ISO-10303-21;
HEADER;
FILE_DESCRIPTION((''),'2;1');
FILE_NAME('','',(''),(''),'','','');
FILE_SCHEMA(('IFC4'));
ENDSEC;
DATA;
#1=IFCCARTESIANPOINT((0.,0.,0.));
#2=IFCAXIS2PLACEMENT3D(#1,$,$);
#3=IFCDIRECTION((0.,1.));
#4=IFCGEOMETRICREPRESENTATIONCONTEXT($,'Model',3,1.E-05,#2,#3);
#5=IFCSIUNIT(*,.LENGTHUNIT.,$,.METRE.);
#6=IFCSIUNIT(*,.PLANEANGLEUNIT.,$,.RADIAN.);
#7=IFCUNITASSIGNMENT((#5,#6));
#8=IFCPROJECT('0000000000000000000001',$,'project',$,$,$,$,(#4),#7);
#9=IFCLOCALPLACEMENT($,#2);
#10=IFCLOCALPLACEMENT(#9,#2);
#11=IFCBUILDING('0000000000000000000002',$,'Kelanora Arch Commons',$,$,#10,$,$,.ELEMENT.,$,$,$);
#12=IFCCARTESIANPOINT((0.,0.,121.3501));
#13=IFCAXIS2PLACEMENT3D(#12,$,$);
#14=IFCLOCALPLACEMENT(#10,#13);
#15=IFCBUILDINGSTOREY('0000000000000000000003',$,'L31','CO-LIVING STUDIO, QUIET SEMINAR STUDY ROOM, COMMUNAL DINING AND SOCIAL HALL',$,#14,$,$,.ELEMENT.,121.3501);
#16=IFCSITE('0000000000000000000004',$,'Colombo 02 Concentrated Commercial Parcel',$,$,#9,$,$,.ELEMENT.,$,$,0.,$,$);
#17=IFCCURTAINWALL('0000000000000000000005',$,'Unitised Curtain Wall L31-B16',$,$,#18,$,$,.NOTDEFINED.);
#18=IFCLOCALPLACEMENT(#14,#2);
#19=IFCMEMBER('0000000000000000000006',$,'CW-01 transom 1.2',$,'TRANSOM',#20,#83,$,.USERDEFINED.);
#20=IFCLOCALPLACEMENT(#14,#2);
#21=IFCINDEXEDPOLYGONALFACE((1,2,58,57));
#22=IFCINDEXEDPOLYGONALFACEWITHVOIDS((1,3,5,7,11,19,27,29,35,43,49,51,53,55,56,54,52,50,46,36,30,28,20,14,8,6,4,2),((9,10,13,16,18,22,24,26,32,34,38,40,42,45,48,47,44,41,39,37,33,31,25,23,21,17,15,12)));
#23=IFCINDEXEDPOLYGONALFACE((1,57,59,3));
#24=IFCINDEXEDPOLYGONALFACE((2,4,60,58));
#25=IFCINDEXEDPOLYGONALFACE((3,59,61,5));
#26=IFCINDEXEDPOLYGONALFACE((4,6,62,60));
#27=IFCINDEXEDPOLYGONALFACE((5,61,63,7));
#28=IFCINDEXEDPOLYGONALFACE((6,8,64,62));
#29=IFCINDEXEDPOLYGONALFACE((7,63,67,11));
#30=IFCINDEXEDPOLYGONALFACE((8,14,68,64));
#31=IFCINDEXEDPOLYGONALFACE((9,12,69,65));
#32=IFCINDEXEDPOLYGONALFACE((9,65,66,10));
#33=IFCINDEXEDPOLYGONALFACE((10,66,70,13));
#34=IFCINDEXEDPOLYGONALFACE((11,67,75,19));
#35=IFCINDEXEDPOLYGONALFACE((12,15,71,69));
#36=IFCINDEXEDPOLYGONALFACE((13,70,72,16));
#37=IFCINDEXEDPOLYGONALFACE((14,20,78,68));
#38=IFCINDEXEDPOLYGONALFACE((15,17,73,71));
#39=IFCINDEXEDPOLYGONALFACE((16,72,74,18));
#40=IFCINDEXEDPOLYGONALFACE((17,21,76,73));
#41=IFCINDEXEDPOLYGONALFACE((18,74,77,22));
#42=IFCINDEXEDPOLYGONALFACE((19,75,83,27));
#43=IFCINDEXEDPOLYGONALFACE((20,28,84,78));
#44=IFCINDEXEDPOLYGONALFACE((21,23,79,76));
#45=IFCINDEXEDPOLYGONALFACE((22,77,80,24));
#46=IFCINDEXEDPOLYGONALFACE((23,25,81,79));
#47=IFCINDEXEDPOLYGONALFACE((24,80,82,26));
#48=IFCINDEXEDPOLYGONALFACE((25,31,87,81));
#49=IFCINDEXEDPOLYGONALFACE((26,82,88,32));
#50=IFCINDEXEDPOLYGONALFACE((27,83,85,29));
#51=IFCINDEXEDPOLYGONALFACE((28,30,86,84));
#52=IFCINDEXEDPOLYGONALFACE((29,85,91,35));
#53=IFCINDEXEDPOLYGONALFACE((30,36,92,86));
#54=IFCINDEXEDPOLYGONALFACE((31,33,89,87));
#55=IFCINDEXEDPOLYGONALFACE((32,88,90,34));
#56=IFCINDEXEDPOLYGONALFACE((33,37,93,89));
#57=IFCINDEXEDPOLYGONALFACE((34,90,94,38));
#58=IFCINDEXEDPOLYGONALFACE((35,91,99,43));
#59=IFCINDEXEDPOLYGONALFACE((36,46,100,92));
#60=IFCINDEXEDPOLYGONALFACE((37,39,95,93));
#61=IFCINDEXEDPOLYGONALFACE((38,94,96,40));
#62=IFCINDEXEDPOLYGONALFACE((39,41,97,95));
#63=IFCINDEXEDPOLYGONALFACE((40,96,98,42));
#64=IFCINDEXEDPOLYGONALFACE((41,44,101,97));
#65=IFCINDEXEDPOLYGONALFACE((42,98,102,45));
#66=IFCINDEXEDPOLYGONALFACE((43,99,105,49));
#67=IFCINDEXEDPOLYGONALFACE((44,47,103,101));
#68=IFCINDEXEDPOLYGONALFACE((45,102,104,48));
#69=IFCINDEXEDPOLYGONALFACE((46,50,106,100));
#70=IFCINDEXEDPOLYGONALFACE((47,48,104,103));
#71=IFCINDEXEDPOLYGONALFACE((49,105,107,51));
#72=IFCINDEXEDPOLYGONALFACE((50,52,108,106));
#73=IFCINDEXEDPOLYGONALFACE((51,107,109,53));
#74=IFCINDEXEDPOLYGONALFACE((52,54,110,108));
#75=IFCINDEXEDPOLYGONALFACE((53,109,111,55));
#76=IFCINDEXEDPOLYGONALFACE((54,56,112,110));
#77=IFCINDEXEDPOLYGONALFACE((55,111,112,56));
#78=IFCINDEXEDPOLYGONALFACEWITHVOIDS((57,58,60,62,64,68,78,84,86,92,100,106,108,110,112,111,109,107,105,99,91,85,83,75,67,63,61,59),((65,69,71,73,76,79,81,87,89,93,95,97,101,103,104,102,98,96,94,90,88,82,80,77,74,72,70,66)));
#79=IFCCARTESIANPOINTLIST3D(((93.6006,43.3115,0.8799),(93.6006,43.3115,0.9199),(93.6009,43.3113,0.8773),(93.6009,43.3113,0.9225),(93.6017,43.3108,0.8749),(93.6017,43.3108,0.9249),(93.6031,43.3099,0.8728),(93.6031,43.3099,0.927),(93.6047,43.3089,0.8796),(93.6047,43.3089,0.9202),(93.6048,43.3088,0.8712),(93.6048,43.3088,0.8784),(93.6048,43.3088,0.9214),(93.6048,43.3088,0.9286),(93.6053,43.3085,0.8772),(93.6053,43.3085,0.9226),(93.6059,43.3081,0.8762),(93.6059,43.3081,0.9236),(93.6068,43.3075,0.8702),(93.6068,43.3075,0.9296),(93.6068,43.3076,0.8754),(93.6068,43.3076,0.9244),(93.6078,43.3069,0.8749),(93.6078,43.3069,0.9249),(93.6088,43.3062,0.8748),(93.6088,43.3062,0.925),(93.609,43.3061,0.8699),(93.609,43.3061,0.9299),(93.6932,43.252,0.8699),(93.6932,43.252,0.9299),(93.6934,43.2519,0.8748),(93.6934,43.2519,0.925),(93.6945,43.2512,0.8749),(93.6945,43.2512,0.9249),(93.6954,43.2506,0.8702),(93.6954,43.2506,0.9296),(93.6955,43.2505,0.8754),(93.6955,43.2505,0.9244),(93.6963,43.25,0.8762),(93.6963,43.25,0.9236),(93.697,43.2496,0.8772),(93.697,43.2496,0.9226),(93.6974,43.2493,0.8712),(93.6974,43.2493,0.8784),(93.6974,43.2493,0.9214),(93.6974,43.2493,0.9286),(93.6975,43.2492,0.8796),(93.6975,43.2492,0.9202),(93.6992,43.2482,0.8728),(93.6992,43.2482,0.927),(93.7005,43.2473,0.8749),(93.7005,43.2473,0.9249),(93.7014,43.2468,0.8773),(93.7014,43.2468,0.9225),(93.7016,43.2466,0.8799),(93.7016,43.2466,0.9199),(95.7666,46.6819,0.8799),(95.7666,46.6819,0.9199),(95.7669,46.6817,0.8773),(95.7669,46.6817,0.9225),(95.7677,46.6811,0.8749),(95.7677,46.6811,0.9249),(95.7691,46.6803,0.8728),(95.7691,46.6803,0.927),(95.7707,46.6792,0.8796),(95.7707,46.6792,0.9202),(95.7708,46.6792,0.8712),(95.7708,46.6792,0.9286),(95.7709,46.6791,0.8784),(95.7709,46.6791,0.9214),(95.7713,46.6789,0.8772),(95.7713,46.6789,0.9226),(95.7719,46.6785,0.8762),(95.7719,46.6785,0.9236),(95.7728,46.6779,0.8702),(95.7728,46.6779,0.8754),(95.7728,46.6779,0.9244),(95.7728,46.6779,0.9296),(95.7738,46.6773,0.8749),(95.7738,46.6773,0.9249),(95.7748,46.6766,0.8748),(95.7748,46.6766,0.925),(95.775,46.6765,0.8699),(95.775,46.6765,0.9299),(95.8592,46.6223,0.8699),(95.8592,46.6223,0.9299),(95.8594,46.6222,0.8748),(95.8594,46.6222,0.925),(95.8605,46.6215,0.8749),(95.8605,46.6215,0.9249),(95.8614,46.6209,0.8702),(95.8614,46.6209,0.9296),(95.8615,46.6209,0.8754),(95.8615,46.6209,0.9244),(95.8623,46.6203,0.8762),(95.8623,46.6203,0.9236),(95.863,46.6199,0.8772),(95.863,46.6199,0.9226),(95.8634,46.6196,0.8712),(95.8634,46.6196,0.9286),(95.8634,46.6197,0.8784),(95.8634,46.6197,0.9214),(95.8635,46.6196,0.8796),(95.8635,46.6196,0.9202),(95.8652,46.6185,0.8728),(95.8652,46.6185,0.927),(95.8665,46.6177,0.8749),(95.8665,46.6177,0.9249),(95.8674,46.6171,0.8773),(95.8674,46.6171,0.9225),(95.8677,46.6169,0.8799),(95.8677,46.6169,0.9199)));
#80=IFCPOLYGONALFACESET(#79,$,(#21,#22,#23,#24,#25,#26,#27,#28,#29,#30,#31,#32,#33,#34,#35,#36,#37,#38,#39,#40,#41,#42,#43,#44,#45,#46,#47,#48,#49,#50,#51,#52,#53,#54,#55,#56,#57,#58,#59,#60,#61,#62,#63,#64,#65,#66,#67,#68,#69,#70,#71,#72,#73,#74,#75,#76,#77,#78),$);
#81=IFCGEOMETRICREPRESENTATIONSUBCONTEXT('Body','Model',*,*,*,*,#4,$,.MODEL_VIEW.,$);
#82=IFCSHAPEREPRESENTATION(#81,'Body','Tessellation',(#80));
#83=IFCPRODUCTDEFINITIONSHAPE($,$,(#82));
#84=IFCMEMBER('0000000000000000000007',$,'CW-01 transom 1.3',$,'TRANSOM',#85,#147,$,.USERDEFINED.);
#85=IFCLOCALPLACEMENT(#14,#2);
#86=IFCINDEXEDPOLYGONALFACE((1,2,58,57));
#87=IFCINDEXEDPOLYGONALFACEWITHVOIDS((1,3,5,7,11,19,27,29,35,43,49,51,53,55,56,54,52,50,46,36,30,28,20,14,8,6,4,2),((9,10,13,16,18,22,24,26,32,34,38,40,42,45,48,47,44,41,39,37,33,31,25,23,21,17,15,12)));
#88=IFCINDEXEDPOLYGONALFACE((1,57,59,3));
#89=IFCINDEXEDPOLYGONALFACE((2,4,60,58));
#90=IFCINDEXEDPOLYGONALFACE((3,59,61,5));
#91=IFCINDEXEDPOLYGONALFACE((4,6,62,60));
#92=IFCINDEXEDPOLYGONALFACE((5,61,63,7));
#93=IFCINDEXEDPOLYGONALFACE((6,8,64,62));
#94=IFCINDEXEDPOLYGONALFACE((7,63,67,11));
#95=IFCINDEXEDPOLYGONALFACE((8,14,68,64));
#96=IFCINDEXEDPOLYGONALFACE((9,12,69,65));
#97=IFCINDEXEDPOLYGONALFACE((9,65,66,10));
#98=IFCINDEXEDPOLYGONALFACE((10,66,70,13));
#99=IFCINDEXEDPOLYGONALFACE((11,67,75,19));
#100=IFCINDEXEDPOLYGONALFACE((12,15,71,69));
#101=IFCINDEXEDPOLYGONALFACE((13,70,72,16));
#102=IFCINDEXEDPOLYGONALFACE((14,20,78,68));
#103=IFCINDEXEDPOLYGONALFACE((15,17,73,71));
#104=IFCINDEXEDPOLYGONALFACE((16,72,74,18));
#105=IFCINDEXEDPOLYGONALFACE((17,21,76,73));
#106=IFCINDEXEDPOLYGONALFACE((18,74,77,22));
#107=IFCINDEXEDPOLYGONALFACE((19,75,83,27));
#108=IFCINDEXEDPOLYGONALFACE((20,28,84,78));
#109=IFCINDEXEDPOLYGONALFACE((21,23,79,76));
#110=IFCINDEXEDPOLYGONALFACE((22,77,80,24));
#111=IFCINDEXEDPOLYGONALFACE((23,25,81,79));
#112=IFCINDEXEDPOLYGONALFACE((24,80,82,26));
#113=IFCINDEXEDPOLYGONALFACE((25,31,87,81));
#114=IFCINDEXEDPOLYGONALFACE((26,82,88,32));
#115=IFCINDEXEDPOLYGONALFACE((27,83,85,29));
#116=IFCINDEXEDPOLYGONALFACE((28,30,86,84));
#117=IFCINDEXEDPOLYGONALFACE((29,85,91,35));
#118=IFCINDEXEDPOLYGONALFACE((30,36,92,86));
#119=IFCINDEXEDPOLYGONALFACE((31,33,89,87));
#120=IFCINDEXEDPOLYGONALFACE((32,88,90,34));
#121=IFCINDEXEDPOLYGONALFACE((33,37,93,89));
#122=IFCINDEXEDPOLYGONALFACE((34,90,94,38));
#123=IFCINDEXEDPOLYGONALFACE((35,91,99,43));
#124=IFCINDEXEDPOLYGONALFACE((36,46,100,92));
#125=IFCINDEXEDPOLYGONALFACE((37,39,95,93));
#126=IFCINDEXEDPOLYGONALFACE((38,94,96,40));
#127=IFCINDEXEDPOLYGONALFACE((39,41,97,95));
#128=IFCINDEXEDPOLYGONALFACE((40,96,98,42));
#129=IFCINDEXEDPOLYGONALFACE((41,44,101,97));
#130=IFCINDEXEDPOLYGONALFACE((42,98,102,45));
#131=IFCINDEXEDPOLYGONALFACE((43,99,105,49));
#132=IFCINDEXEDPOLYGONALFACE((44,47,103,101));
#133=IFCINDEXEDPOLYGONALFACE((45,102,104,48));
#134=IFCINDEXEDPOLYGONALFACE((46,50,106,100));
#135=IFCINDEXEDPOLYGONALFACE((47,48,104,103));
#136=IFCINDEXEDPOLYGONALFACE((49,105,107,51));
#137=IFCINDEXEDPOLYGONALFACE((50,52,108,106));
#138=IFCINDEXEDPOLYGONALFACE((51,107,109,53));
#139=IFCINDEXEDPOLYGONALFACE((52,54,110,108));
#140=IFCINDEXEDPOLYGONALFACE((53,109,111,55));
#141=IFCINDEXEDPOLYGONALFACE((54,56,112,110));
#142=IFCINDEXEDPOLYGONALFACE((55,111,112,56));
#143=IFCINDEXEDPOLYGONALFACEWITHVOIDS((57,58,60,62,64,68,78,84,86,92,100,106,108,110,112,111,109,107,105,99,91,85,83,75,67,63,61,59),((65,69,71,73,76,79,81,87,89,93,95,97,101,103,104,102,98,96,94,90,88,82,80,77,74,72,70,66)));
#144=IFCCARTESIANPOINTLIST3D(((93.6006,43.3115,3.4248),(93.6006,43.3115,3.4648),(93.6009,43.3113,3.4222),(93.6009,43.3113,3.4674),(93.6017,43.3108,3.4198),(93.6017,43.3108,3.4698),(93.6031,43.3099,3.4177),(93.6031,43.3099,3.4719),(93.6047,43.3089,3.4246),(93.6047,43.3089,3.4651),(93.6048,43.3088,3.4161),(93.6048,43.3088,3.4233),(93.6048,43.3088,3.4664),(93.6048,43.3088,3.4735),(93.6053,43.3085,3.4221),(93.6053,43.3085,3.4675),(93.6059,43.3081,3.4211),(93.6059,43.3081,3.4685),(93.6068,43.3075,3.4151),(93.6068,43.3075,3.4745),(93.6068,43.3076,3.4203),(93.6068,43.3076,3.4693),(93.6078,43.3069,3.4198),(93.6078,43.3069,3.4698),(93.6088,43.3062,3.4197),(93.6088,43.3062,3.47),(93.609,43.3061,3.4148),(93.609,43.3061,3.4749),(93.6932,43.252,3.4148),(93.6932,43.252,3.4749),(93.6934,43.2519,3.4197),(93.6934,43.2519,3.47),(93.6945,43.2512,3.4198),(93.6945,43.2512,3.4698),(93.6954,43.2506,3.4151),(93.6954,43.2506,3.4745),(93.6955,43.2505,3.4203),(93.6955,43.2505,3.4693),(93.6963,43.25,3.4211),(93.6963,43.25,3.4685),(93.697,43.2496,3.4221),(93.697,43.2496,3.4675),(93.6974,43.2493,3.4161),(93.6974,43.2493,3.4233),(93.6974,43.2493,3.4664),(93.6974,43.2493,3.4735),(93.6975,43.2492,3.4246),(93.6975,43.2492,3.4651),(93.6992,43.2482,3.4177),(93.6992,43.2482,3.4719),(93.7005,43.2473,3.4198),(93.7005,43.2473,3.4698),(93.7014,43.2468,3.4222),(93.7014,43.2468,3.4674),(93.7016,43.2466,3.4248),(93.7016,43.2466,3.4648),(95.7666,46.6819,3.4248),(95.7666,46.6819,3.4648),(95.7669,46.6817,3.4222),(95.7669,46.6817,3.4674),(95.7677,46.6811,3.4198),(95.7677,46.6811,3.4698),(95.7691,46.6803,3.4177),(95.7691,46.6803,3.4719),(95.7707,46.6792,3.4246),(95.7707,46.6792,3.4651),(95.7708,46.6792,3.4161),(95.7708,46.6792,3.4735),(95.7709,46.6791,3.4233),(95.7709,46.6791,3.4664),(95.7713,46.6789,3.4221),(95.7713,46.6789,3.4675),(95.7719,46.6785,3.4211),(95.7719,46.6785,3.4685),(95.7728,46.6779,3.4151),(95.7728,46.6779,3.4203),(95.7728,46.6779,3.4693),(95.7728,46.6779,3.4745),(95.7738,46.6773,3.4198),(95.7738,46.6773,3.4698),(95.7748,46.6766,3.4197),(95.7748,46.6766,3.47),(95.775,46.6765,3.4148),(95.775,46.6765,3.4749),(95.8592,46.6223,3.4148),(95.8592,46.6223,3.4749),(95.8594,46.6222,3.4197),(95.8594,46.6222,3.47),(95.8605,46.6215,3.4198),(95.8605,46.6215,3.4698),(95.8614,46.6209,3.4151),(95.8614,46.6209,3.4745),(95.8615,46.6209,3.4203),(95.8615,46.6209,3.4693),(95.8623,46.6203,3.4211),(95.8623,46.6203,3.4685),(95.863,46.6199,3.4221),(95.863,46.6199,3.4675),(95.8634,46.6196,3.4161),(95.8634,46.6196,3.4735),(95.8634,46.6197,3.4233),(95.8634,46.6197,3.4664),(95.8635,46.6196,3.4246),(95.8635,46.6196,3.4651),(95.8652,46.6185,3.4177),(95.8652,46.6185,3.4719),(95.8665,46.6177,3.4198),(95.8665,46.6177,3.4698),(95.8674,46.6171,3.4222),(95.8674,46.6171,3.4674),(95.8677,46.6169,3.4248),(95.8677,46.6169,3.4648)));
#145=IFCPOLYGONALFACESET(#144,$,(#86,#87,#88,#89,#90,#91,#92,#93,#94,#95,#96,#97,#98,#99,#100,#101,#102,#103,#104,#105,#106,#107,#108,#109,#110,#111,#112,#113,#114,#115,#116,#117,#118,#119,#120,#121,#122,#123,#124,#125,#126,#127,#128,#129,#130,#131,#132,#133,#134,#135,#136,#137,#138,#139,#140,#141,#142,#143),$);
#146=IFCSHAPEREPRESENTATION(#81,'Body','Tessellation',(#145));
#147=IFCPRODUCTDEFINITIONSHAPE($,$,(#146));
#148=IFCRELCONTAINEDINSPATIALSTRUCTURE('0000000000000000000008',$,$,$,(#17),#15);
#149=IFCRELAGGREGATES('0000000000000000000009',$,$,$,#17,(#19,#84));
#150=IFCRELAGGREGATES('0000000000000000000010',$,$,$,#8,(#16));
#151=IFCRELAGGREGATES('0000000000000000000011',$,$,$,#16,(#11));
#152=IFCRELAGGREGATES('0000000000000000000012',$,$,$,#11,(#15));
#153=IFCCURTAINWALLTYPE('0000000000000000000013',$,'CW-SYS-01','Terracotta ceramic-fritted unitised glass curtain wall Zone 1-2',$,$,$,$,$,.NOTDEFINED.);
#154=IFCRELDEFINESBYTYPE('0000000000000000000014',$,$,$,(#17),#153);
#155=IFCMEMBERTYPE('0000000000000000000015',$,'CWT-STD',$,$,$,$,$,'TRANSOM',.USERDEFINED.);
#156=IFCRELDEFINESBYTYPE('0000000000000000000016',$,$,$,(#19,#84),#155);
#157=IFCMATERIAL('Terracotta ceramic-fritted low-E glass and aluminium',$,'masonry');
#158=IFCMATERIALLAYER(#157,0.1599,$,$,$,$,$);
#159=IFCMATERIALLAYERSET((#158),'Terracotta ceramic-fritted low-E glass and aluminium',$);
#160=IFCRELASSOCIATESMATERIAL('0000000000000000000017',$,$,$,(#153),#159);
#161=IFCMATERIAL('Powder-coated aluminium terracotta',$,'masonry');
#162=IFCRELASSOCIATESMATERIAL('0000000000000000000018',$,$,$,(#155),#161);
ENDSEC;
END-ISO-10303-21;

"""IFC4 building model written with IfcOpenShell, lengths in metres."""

from ifc_helpers import new_model, si_unit, direction, frame, origin, origin_2d, place, context, subcontext, project, spatial, hollow_rectangle, extrude, material, layer, layer_set, material_profile, profile_set, type_object, element, aggregate, save


model = new_model("IFC4")

# Units and contexts
model_context = context("Model", 3, precision=1e-05, world=origin(), true_north=direction((0.0, 1.0)))
body_context = subcontext(model_context, "Body", "Model", "MODEL_VIEW")
ifc_project = project(units=[si_unit("LENGTHUNIT", "METRE"), si_unit("PLANEANGLEUNIT", "RADIAN")], contexts=[model_context])

# Site, building, storey
site_placement = place(None, origin())
site = spatial("IfcSite", under=ifc_project, at=site_placement, Name="Colombo 02 Concentrated Commercial Parcel", CompositionType="ELEMENT", RefElevation=0.0)
building_placement = place(site_placement, origin())
building = spatial("IfcBuilding", under=site, at=building_placement, Name="Kelanora Arch Commons", CompositionType="ELEMENT")
storey_placement = place(building_placement, frame((0.0, 0.0, 121.3501)))
storey = spatial("IfcBuildingStorey", under=building, at=storey_placement, Name="L31", Description="CO-LIVING STUDIO, QUIET SEMINAR STUDY ROOM, COMMUNAL DINING AND SOCIAL HALL", CompositionType="ELEMENT", Elevation=121.3501)

# Shared definitions
ifc_material_1 = material(Name="Terracotta ceramic-fritted low-E glass and aluminium", Category="masonry")
ifc_layer_1 = layer(ifc_material_1, 0.1599)
ifc_layer_set_1 = layer_set([ifc_layer_1], Name="Terracotta ceramic-fritted low-E glass and aluminium")
curtain_wall_type = type_object("IfcCurtainWallType", Name="CW-SYS-01", Description="Terracotta ceramic-fritted unitised glass curtain wall Zone 1-2", PredefinedType="NOTDEFINED", material=ifc_layer_set_1)
ifc_material_2 = material(Name="Powder-coated aluminium terracotta", Category="masonry")

# Curtain wall, members
curtain_wall_1_placement = place(storey_placement, origin())
curtain_wall_1 = element("IfcCurtainWall", 1, at=curtain_wall_1_placement, inside=storey, type_object=curtain_wall_type, Name="Unitised Curtain Wall L31-B16", PredefinedType="NOTDEFINED")
ifc_material_profile_1 = material_profile(ifc_material_2, hollow_rectangle(XDim=0.1201, YDim=0.0601, WallThickness=0.0049, InnerFilletRadius=0.0049, OuterFilletRadius=0.01, at=origin_2d()), Name="CWT120x60")
ifc_profile_set_1 = profile_set([ifc_material_profile_1], Name="Powder-coated aluminium terracotta")
member_type_1 = type_object("IfcMemberType", Name="CWT-STD", ElementType="TRANSOM", PredefinedType="USERDEFINED", material=ifc_profile_set_1)
member_1_placement = place(storey_placement, frame((93.6511, 43.2791, 0.8999), z_axis=(0.540644, 0.841252, 0.0), x_axis=(-0.841252, 0.540644, 0.0)))
member_1 = element("IfcMember", 2, at=member_1_placement, type_object=member_type_1, Name="CW-01 transom 1.2", ObjectType="TRANSOM", PredefinedType="USERDEFINED", context=body_context, shape_type="SweptSolid", body=[
    extrude(hollow_rectangle(XDim=0.1201, YDim=0.0601, WallThickness=0.0049, InnerFilletRadius=0.0049, OuterFilletRadius=0.01, at=origin_2d()), origin(), (0.0, 0.0, 1.0), 4.0063),
])
member_2_placement = place(storey_placement, frame((93.6511, 43.2791, 3.4448), z_axis=(0.540644, 0.841252, 0.0), x_axis=(-0.841252, 0.540644, 0.0)))
member_2 = element("IfcMember", 3, at=member_2_placement, type_object=member_type_1, Name="CW-01 transom 1.3", ObjectType="TRANSOM", PredefinedType="USERDEFINED", context=body_context, shape_type="SweptSolid", body=[
    extrude(hollow_rectangle(XDim=0.1201, YDim=0.0601, WallThickness=0.0049, InnerFilletRadius=0.0049, OuterFilletRadius=0.01, at=origin_2d()), origin(), (0.0, 0.0, 1.0), 4.0063),
])

aggregate(curtain_wall_1, [member_1, member_2])

save(model, "model.ifc")
